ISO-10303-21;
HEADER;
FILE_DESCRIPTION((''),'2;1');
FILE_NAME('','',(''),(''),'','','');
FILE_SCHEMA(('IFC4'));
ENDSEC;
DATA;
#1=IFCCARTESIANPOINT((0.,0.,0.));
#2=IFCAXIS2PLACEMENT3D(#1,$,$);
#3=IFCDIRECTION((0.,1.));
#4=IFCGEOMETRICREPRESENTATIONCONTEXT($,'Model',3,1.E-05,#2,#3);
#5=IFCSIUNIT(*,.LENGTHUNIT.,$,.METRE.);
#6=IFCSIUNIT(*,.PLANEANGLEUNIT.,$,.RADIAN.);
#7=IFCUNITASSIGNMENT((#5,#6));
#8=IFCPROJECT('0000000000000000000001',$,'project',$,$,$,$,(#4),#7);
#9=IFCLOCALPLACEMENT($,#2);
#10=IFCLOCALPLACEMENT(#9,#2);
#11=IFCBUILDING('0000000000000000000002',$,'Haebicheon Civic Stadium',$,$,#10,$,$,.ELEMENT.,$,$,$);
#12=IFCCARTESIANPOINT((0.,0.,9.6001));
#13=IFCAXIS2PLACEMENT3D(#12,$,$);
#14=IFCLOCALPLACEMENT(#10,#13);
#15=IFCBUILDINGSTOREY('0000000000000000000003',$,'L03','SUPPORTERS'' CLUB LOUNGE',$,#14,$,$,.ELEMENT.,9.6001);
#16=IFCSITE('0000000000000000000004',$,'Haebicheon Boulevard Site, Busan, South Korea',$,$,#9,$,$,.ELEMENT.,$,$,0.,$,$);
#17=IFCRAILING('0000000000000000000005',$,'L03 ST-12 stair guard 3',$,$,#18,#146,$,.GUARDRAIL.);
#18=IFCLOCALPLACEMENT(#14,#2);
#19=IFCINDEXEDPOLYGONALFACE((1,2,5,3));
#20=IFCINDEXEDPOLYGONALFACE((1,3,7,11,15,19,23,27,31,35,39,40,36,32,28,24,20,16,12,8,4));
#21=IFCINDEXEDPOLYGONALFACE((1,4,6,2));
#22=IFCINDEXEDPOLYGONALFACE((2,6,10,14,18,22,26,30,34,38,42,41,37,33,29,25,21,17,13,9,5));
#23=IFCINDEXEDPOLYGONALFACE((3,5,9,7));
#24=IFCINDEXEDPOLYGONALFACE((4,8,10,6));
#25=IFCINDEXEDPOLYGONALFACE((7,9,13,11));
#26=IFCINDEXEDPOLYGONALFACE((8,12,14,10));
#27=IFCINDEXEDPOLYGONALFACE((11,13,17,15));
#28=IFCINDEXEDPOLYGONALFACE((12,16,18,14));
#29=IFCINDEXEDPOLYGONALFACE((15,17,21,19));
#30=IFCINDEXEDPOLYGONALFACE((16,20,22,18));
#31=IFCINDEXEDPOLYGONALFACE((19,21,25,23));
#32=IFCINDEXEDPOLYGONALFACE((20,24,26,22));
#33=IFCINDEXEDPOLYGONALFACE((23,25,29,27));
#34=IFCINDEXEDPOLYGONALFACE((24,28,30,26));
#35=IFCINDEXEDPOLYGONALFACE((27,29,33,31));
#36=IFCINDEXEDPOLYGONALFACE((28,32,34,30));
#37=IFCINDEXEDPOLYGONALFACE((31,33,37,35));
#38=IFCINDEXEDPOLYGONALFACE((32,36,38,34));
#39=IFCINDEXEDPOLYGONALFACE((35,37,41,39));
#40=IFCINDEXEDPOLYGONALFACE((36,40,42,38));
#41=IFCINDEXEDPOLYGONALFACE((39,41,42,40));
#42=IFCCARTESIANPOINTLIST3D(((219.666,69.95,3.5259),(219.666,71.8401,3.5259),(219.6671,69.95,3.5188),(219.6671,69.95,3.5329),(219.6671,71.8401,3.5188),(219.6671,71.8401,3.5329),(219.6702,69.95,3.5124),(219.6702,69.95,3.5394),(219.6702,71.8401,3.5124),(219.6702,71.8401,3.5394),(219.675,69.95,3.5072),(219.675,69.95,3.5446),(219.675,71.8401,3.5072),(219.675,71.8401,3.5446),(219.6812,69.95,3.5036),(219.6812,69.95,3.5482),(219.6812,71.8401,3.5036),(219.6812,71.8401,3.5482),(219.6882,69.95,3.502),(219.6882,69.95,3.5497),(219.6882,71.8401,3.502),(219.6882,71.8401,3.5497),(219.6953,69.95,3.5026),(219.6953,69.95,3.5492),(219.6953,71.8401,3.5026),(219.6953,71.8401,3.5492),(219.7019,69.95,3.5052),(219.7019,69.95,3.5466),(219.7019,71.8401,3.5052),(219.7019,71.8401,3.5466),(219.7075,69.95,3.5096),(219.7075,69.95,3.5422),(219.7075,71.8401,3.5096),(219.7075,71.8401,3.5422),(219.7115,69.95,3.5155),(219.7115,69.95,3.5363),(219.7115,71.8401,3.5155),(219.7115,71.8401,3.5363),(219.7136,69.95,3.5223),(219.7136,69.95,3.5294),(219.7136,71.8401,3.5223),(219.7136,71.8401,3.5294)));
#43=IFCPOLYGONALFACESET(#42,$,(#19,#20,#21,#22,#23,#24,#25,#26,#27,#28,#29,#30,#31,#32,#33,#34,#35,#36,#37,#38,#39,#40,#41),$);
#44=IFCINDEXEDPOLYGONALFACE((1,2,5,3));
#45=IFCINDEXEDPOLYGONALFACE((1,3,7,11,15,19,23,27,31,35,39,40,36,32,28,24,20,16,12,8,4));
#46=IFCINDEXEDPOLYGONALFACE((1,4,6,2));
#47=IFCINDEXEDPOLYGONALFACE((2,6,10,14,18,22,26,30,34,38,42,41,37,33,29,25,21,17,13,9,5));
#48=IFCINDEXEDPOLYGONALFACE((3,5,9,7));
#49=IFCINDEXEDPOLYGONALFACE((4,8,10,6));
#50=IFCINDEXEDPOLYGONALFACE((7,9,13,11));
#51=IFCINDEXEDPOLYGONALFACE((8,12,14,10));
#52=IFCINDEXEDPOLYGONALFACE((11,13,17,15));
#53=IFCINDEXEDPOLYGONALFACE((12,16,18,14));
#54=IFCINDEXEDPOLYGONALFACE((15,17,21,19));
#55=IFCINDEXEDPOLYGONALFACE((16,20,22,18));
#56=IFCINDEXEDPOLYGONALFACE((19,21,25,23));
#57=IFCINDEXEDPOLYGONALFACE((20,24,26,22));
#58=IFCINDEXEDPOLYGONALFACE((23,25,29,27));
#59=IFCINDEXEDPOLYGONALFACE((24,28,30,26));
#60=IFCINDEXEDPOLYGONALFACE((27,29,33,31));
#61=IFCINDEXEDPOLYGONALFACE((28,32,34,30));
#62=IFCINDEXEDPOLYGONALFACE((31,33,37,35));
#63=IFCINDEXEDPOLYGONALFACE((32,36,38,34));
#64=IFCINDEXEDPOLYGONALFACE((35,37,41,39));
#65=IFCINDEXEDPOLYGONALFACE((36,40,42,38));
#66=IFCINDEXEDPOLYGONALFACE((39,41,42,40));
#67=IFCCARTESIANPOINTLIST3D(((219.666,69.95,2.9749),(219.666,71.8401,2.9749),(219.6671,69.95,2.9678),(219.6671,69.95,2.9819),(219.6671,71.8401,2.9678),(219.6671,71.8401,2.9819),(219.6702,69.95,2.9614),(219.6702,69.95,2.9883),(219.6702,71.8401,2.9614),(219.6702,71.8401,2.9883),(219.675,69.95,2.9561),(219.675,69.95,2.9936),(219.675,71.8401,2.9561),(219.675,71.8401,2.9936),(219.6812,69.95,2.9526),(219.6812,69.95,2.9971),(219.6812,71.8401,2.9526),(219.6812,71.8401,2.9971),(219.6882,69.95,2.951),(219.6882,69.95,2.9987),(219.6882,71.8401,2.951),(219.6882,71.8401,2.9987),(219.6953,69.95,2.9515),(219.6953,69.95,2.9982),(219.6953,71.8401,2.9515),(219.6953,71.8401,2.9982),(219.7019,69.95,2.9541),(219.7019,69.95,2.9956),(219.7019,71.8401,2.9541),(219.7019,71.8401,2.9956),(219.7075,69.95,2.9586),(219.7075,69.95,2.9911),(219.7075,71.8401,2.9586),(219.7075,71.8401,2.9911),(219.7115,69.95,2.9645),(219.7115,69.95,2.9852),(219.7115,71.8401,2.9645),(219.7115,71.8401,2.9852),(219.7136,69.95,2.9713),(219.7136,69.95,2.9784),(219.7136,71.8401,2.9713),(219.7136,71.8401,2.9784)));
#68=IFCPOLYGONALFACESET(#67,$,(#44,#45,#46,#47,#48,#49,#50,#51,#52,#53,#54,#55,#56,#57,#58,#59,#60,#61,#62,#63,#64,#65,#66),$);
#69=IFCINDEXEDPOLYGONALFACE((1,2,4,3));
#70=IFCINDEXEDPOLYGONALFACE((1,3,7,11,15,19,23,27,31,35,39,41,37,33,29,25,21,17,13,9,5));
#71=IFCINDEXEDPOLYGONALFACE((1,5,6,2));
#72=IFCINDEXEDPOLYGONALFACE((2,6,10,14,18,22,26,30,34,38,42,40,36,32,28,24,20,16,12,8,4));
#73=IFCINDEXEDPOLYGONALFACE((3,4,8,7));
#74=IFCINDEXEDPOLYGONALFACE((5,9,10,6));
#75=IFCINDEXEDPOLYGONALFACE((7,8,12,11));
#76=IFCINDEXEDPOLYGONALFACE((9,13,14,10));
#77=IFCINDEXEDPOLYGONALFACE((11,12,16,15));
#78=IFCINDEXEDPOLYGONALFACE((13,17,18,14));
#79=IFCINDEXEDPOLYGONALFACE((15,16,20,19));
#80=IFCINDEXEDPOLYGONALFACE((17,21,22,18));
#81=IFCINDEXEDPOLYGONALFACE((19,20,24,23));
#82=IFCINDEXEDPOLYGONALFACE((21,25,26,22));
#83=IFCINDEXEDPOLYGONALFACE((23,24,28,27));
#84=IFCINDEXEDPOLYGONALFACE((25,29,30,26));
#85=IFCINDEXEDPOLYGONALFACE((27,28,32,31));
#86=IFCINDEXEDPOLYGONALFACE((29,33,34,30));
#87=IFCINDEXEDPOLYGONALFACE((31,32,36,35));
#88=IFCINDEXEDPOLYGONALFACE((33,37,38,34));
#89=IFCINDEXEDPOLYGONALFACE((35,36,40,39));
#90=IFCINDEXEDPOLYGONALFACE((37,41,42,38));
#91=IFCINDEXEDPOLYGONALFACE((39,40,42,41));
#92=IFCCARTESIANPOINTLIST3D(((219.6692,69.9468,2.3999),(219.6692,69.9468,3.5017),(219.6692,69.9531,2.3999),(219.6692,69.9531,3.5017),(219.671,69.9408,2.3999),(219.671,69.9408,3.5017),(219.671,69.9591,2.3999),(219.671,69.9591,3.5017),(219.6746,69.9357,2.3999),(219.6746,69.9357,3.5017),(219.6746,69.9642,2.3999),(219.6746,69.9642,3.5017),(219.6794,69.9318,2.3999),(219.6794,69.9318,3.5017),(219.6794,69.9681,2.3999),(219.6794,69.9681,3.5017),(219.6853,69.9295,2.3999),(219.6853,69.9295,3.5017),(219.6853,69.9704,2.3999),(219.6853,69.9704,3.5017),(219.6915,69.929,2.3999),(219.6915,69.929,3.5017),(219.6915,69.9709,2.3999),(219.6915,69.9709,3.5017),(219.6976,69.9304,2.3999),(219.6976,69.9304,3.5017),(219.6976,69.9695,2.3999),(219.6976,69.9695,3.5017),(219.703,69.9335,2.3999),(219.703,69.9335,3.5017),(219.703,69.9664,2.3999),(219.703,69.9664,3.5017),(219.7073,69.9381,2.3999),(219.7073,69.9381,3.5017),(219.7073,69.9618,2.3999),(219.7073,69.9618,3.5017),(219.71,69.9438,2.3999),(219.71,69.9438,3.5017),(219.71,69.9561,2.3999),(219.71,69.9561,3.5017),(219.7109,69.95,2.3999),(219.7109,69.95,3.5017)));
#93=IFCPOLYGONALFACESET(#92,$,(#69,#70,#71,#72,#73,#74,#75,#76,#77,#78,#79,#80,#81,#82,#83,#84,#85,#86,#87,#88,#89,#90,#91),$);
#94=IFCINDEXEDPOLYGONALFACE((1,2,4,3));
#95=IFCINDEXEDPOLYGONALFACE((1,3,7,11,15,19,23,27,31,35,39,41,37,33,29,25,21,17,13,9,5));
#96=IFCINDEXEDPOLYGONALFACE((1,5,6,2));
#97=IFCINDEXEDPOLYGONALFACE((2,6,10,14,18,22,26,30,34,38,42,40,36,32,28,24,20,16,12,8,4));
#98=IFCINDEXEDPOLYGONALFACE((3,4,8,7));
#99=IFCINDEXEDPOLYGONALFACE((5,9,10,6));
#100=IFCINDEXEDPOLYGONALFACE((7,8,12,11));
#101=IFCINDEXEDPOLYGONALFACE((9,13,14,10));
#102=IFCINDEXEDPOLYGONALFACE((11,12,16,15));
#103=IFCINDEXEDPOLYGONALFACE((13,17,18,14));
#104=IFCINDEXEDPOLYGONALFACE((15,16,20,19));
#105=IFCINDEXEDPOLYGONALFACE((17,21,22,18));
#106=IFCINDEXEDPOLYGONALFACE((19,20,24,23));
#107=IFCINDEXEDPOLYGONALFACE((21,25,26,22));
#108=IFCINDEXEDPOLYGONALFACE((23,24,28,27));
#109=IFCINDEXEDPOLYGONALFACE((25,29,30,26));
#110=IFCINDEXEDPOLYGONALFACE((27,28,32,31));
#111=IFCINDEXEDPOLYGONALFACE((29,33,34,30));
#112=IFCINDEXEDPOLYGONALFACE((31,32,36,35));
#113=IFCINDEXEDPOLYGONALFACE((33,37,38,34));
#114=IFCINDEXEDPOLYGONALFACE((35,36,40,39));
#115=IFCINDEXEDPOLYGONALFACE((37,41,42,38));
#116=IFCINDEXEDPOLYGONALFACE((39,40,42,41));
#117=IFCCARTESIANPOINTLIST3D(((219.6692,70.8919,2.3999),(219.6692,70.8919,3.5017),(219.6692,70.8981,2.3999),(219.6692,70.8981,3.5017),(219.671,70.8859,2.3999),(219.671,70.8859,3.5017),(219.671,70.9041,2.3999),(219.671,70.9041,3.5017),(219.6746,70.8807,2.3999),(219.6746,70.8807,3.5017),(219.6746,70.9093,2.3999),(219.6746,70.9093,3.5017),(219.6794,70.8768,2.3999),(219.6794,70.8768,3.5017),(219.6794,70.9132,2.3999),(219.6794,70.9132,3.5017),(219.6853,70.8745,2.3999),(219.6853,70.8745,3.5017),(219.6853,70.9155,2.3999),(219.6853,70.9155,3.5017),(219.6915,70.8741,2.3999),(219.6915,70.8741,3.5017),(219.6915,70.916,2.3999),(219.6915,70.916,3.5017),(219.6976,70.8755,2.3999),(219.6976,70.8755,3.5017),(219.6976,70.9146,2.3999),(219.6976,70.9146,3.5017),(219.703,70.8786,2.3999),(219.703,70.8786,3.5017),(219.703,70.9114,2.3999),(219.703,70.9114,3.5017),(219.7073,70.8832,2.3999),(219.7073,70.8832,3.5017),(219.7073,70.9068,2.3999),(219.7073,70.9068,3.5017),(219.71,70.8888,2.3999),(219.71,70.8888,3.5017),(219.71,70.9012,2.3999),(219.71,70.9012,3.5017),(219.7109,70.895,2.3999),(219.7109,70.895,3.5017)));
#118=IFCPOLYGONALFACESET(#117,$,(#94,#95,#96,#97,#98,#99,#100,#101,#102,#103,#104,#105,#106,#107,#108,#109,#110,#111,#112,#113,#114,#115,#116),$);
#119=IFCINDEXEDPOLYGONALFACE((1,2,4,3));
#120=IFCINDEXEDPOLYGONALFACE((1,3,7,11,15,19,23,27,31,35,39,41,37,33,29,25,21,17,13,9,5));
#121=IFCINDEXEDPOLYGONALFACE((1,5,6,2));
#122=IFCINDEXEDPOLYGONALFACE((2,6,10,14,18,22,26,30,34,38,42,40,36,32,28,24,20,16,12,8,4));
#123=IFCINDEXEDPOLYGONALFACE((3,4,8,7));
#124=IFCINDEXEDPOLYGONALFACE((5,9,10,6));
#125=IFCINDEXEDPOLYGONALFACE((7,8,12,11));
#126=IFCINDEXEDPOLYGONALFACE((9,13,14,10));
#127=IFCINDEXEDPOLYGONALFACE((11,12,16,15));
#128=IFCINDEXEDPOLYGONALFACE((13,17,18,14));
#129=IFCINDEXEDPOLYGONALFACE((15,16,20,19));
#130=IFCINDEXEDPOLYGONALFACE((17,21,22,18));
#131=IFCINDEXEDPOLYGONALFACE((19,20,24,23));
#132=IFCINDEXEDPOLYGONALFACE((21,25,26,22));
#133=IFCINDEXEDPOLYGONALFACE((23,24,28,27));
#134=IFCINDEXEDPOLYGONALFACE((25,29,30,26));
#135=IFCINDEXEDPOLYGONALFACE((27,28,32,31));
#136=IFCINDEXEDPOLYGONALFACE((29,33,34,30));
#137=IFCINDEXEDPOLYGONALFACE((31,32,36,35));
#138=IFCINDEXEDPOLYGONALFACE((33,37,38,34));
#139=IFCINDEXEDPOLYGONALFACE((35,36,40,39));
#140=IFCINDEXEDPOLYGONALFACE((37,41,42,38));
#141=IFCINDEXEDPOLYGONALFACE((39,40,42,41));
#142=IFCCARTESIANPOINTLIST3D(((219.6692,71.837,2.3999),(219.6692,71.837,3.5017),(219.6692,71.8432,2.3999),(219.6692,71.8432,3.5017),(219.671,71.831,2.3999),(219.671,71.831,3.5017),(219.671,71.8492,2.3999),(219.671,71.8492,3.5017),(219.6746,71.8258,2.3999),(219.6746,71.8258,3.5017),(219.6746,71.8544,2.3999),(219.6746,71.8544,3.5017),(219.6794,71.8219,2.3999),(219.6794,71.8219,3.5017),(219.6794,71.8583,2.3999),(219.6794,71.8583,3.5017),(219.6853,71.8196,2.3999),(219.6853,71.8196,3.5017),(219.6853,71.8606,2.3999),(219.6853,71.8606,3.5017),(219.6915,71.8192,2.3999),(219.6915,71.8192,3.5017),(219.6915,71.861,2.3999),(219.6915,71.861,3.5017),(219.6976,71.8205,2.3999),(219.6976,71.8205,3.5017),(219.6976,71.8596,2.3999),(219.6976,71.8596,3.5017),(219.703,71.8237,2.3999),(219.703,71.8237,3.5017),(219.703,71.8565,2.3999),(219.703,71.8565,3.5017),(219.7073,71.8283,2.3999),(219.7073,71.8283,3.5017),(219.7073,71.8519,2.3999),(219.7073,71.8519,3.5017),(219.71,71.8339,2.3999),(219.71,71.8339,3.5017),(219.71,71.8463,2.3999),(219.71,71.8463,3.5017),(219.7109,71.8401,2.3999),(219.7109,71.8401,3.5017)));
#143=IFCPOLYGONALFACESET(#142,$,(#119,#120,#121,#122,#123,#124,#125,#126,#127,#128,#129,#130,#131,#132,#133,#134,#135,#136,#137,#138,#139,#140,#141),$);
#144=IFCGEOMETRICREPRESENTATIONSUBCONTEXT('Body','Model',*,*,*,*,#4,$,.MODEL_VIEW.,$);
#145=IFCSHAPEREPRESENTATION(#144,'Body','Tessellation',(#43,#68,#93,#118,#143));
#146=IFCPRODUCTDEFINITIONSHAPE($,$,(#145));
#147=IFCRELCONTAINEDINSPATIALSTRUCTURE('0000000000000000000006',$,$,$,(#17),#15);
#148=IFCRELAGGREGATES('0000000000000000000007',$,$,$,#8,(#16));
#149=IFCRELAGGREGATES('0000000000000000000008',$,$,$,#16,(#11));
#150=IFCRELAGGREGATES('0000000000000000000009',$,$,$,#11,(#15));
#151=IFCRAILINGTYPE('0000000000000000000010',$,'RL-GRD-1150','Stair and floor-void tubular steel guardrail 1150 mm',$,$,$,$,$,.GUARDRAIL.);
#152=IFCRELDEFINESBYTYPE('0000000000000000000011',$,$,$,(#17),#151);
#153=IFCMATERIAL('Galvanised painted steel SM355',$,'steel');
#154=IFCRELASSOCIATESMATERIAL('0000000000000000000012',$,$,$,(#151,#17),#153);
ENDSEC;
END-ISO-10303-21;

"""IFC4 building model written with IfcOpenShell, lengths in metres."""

from ifc_helpers import new_model, si_unit, direction, frame, origin, origin_2d, place, context, subcontext, project, spatial, circle, extrude, material, type_object, element, save


model = new_model("IFC4")

# Units and contexts
model_context = context("Model", 3, precision=1e-05, world=origin(), true_north=direction((0.0, 1.0)))
body_context = subcontext(model_context, "Body", "Model", "MODEL_VIEW")
ifc_project = project(units=[si_unit("LENGTHUNIT", "METRE"), si_unit("PLANEANGLEUNIT", "RADIAN")], contexts=[model_context])

# Site, building, storey
site_placement = place(None, origin())
site = spatial("IfcSite", under=ifc_project, at=site_placement, Name="Haebicheon Boulevard Site, Busan, South Korea", CompositionType="ELEMENT", RefElevation=0.0)
building_placement = place(site_placement, origin())
building = spatial("IfcBuilding", under=site, at=building_placement, Name="Haebicheon Civic Stadium", CompositionType="ELEMENT")
storey_placement = place(building_placement, frame((0.0, 0.0, 9.6001)))
storey = spatial("IfcBuildingStorey", under=building, at=storey_placement, Name="L03", Description="SUPPORTERS' CLUB LOUNGE", CompositionType="ELEMENT", Elevation=9.6001)

# Railing
ifc_material_1 = material(Name="Galvanised painted steel SM355", Category="steel")
railing_type_1 = type_object("IfcRailingType", Name="RL-GRD-1150", Description="Stair and floor-void tubular steel guardrail 1150 mm", PredefinedType="GUARDRAIL", material=ifc_material_1)
for number, where, name in (
    (1, (219.6899, 69.95, 2.3999), "L03 ST-12 stair guard 3"),
):
    element("IfcRailing", number, at=place(storey_placement, frame(where)), inside=storey, type_object=railing_type_1, material=ifc_material_1, Name=name, PredefinedType="GUARDRAIL", context=body_context, shape_type="SweptSolid", body=[
        extrude(circle(Radius=0.0239, at=origin_2d()), frame((0.0, 0.0, 1.126), z_axis=(0.0, 1.0, 0.0), x_axis=(-1.0, 0.0, 0.0)), (0.0, 0.0, 1.0), 1.8901),
        extrude(circle(Radius=0.0239, at=origin_2d()), frame((0.0, 0.0, 0.575), z_axis=(0.0, 1.0, 0.0), x_axis=(-1.0, 0.0, 0.0)), (0.0, 0.0, 1.0), 1.8901),
        extrude(circle(Radius=0.021, at=origin_2d()), origin(), (0.0, 0.0, 1.0), 1.1018),
        extrude(circle(Radius=0.021, at=origin_2d()), frame((0.0, 0.9451, 0.0)), (0.0, 0.0, 1.0), 1.1018),
        extrude(circle(Radius=0.021, at=origin_2d()), frame((0.0, 1.8901, 0.0)), (0.0, 0.0, 1.0), 1.1018),
    ])

save(model, "model.ifc")
